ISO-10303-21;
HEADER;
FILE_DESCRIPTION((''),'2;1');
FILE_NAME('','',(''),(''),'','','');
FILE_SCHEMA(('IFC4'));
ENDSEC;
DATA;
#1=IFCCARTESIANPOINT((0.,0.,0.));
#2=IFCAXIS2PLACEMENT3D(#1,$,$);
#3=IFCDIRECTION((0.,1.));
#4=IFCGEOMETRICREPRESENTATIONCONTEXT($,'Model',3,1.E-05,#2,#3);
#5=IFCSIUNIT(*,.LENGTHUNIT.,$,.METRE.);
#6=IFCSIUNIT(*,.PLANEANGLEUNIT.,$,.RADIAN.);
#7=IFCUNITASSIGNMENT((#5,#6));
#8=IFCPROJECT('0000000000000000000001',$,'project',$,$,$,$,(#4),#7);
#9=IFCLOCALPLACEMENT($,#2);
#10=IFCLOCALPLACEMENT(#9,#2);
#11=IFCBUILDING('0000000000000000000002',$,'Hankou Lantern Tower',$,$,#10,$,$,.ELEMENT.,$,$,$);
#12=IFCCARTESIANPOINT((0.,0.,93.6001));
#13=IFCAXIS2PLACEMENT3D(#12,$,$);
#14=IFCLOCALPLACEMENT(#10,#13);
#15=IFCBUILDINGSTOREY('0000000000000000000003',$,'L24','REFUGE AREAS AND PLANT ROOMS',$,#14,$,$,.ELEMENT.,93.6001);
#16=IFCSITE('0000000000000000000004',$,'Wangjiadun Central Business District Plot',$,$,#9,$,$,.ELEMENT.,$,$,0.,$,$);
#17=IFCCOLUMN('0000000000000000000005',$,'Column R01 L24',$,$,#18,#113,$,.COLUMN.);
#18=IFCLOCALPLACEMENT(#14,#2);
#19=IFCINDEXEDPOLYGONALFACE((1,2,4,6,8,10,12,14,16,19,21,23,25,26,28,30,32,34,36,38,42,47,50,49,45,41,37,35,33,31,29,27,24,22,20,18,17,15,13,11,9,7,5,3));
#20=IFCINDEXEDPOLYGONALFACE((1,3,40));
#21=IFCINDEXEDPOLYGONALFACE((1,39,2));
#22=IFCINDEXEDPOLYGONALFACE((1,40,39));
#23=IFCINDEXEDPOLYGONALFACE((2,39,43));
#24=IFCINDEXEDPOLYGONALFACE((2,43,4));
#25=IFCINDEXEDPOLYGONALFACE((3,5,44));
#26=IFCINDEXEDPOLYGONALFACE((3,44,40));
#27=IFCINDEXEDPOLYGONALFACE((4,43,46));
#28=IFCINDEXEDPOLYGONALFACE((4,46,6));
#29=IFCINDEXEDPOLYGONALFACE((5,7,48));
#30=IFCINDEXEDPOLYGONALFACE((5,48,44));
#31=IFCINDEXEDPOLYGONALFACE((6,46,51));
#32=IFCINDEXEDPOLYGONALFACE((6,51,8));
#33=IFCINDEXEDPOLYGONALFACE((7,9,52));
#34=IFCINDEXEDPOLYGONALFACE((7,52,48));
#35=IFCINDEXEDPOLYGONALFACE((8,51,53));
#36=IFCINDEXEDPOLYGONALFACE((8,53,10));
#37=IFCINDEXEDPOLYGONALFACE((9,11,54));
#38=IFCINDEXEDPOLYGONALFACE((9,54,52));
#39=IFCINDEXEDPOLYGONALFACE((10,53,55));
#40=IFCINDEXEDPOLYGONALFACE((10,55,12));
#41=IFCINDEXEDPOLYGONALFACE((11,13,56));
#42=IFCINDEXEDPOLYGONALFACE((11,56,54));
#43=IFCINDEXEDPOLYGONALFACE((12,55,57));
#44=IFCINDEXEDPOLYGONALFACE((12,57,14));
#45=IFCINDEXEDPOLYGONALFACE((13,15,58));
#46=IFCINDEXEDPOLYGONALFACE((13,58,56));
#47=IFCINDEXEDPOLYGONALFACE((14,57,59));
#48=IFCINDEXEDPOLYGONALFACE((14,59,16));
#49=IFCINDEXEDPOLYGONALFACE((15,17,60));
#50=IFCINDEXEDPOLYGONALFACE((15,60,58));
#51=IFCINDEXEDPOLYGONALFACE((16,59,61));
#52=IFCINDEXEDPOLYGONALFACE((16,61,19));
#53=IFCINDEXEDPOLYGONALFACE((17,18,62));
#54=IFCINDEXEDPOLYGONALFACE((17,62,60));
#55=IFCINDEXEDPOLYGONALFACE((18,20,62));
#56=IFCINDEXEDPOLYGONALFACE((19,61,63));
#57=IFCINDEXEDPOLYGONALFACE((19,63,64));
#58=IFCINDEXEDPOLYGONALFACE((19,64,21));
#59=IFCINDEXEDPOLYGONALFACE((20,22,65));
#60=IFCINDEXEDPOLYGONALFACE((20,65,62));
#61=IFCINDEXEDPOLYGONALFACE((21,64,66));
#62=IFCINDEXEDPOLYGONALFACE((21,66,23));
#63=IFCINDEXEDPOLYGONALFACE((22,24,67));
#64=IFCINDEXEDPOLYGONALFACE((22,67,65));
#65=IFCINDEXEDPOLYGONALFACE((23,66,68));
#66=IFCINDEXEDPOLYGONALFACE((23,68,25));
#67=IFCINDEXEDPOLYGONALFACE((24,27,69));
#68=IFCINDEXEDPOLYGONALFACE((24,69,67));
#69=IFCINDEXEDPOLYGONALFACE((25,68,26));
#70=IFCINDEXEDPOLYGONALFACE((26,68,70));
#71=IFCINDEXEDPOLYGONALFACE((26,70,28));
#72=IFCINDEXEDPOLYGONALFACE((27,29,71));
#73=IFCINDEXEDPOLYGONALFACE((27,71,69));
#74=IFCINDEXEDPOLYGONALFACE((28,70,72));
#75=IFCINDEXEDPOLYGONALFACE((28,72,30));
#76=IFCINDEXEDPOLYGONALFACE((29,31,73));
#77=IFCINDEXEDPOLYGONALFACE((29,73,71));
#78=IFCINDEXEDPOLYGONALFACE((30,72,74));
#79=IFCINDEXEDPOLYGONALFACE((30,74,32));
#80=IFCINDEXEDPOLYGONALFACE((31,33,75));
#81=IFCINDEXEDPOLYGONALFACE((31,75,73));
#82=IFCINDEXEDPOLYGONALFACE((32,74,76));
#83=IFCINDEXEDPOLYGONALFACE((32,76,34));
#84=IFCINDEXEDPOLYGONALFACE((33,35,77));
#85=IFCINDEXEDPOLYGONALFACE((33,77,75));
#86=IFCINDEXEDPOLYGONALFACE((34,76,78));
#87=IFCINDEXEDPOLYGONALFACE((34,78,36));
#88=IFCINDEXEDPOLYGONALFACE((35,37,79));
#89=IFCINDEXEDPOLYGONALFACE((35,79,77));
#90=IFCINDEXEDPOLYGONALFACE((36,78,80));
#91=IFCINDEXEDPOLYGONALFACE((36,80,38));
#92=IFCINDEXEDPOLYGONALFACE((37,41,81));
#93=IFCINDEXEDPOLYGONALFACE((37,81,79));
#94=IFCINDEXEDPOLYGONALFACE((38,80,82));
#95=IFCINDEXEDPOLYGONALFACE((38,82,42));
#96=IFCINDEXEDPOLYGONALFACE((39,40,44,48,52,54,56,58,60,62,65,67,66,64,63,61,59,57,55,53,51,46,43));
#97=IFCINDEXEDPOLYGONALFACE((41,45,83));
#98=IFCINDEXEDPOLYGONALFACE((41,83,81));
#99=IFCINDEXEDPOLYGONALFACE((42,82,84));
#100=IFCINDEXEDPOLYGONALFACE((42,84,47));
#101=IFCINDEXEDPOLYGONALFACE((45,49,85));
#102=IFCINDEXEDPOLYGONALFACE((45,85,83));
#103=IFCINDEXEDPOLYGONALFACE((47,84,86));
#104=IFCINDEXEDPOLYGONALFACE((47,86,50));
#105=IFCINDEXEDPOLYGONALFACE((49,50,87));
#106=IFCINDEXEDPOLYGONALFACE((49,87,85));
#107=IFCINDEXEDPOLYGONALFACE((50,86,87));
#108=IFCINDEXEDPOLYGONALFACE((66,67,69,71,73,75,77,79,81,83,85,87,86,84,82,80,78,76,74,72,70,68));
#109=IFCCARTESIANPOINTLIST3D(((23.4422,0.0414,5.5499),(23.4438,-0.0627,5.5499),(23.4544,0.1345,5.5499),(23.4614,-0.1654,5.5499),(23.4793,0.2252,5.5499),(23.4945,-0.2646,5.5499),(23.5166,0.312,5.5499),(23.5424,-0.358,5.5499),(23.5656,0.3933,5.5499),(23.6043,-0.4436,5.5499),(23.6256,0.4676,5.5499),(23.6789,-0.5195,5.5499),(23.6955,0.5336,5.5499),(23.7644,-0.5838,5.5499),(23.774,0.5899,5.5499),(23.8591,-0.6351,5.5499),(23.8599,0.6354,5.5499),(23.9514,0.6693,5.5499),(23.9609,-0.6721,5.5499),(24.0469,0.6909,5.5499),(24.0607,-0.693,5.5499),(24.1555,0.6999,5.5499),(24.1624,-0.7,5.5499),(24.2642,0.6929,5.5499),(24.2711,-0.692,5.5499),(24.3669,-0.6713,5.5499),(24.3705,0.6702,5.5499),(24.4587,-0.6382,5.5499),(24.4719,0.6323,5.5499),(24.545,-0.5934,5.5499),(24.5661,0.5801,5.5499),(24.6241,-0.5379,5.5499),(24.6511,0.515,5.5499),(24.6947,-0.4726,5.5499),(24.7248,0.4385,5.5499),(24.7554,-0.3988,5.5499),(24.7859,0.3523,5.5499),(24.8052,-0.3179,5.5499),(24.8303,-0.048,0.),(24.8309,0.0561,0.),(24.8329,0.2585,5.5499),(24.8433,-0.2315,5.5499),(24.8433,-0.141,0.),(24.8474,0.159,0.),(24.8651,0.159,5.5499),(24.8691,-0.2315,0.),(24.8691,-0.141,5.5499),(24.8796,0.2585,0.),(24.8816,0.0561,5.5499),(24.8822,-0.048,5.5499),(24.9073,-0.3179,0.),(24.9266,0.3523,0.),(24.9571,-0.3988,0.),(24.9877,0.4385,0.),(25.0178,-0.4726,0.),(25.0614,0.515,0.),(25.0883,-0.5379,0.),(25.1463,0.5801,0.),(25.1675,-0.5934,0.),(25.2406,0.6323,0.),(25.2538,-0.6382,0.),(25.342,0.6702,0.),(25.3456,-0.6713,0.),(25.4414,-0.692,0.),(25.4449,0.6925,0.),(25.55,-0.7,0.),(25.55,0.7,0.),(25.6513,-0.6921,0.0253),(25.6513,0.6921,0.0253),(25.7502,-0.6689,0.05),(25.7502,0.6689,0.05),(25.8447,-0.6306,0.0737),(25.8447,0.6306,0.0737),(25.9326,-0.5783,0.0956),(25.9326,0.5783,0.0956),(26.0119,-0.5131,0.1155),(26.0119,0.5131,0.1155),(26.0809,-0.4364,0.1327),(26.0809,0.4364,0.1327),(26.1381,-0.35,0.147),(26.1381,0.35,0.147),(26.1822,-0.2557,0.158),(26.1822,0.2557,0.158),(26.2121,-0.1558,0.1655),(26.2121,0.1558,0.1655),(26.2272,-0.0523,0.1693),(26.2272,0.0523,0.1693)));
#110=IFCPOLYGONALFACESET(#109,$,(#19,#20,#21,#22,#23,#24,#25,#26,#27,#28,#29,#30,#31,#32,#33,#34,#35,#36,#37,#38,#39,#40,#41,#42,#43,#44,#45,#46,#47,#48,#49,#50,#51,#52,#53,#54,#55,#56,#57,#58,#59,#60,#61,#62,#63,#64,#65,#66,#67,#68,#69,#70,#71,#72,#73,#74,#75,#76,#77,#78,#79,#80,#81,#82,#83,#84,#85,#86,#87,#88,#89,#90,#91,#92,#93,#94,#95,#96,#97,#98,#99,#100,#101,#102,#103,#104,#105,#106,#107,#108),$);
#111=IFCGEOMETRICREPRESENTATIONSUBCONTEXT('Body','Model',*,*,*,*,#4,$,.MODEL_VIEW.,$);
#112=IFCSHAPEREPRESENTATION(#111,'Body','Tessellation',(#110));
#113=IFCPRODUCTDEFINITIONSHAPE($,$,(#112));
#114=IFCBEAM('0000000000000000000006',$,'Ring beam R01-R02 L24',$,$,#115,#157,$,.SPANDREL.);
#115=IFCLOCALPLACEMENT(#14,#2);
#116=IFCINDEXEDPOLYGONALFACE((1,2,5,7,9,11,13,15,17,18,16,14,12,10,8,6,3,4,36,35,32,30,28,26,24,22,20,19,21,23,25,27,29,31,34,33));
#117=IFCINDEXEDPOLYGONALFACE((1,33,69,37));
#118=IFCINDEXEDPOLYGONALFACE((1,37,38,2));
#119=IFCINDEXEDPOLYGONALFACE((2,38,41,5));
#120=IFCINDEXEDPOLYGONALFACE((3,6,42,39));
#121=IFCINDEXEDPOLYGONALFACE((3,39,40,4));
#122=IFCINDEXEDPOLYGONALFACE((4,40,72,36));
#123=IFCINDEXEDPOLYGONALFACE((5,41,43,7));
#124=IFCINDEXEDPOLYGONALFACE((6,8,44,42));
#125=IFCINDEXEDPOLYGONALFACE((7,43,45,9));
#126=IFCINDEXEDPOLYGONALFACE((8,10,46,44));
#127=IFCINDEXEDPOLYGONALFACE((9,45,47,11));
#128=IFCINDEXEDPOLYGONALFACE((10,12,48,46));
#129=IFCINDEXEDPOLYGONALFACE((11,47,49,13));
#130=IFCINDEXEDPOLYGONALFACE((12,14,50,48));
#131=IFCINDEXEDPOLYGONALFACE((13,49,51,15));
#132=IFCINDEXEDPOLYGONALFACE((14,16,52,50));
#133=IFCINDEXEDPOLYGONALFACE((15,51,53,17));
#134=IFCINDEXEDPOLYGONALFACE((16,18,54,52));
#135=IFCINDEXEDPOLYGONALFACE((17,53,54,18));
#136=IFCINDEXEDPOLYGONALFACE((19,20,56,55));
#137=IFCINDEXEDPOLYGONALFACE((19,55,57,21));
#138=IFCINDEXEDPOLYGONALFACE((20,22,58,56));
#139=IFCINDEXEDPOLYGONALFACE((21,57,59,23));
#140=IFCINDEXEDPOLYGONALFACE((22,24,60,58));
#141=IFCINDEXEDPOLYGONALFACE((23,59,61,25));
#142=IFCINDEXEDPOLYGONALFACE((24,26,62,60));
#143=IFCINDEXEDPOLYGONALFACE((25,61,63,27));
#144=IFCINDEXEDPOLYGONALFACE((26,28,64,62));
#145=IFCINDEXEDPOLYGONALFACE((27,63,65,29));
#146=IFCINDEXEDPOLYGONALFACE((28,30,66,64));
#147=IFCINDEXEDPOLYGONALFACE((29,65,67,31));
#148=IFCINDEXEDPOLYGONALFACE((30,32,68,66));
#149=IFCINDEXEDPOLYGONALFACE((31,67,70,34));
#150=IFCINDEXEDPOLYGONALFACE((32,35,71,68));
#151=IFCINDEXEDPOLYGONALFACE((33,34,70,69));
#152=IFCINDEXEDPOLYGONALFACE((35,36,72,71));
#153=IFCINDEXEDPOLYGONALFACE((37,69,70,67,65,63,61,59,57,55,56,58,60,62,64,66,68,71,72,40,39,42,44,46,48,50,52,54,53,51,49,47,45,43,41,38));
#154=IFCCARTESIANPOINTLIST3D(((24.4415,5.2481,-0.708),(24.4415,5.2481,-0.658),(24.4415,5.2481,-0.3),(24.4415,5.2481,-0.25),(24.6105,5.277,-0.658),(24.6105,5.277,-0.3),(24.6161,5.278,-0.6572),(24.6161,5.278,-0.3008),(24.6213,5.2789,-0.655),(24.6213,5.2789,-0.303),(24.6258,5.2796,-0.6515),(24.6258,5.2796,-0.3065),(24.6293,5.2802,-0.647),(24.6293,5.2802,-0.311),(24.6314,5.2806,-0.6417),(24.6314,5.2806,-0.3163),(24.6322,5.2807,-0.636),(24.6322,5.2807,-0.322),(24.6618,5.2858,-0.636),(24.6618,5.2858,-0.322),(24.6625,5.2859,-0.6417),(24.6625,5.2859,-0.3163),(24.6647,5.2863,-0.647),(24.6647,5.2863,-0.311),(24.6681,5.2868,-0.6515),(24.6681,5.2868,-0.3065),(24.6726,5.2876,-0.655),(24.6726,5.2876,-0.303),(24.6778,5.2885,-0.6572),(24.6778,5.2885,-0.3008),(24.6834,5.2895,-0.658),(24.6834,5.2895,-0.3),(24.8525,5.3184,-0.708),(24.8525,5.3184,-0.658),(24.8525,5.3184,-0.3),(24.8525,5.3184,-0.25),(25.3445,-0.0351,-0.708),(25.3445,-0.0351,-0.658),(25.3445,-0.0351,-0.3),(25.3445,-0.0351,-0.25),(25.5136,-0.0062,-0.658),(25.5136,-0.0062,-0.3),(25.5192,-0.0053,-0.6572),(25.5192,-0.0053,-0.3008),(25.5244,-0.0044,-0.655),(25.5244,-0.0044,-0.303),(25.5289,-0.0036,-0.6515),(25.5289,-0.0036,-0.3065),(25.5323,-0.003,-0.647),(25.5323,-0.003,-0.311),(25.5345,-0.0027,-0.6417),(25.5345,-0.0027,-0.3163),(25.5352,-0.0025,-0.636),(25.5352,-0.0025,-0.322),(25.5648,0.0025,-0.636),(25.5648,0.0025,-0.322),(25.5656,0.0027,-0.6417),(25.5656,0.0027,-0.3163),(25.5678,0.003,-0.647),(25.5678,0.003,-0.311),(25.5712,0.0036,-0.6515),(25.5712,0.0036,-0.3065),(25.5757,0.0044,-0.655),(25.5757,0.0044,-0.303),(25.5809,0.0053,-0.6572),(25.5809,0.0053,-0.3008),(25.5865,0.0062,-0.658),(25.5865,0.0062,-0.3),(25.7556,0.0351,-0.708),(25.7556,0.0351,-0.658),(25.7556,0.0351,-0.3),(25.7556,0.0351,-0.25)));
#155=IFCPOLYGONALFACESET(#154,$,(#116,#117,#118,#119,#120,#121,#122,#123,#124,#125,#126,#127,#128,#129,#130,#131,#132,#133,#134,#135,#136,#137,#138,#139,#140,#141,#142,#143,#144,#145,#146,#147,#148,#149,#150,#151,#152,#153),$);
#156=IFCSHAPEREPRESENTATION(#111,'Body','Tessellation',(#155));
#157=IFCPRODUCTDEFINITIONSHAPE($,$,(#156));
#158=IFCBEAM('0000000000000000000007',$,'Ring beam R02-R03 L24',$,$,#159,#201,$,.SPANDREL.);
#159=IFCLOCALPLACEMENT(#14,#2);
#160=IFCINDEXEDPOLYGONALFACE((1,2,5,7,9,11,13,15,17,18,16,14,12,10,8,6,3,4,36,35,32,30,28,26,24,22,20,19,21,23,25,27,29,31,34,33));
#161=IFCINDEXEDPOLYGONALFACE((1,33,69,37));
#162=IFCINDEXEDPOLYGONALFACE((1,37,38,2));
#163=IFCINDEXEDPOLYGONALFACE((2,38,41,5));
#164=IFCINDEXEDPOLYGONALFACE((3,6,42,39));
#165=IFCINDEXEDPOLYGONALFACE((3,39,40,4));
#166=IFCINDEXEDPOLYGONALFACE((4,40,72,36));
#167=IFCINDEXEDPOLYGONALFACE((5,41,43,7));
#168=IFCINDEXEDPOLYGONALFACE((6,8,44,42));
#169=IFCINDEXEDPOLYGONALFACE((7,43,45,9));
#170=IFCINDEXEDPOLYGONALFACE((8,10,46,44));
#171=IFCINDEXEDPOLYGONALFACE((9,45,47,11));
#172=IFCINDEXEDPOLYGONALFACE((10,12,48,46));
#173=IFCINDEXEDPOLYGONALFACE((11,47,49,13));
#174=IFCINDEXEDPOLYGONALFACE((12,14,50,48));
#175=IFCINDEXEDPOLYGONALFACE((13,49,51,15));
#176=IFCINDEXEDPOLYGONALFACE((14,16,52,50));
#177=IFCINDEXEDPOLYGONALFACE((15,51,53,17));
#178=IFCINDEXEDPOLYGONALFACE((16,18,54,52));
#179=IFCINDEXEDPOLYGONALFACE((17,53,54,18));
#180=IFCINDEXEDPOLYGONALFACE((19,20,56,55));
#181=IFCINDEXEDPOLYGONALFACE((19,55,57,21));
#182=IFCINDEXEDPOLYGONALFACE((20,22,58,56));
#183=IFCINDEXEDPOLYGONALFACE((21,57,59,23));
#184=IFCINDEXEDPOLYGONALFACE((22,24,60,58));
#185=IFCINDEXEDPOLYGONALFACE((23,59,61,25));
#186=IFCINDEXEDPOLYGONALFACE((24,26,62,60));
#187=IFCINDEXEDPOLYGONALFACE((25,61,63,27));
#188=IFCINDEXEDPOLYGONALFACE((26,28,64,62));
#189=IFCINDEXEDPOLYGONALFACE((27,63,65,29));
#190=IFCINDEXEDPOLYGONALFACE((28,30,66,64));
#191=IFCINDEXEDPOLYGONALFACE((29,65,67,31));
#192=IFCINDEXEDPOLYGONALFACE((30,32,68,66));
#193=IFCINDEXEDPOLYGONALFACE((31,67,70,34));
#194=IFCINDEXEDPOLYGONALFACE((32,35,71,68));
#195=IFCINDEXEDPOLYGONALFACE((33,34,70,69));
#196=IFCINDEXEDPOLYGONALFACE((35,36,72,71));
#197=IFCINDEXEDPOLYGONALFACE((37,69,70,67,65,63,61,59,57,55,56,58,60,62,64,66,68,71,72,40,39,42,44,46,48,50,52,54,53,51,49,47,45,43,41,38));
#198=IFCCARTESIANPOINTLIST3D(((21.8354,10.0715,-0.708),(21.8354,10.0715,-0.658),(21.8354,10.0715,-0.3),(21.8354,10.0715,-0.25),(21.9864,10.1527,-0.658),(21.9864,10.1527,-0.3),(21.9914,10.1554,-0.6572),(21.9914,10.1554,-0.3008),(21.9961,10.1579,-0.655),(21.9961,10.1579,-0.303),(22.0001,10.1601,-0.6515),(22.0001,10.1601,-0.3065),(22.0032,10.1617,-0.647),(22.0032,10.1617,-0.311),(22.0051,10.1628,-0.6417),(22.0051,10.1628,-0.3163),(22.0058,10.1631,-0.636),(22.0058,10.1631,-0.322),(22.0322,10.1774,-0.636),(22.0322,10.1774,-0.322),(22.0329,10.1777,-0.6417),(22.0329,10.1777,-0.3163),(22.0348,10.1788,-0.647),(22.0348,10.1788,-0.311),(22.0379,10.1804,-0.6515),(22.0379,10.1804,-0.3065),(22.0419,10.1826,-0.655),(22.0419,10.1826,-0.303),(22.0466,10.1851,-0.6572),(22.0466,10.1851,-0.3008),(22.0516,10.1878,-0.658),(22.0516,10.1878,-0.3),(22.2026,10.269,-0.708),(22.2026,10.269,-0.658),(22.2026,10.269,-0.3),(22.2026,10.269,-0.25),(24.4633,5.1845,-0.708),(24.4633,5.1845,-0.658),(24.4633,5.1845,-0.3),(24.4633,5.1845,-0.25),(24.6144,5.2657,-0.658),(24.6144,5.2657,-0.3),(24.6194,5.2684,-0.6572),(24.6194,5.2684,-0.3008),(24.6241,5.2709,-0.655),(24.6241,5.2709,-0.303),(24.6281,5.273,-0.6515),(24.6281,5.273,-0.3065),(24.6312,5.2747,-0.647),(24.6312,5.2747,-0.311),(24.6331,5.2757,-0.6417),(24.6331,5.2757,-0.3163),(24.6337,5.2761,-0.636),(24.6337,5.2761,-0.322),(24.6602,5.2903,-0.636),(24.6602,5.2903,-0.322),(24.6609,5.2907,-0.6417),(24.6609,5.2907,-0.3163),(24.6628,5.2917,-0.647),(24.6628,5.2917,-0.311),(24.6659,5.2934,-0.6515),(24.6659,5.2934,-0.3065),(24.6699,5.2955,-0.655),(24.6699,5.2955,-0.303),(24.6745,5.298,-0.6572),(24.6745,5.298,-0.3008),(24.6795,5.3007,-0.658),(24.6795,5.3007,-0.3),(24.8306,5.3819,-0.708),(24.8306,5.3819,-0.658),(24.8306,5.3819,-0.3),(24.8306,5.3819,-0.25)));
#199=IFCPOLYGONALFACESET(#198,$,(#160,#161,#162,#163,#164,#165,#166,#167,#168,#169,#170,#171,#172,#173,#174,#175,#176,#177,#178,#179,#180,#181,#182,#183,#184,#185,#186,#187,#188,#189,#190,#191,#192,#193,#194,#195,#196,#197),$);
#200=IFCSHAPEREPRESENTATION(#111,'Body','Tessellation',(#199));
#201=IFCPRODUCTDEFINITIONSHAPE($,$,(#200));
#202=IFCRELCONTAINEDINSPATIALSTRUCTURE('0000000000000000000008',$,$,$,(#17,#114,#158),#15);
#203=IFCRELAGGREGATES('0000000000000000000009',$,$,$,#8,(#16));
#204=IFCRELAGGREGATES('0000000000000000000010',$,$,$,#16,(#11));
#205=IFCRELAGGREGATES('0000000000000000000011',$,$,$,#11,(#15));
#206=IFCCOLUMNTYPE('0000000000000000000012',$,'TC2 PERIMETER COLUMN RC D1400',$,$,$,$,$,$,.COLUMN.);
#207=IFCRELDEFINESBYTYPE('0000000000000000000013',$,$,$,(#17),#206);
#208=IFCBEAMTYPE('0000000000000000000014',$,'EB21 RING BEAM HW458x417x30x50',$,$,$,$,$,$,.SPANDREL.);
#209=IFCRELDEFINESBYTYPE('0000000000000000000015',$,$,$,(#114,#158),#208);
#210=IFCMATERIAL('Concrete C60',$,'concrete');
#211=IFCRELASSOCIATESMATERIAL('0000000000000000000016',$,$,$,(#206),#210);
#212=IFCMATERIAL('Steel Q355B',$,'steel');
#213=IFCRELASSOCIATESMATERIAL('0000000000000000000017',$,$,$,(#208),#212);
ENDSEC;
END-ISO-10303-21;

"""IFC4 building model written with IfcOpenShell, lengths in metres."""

from ifc_helpers import new_model, si_unit, direction, frame, origin, origin_2d, place, context, subcontext, project, spatial, circle, i_section, extrude, clip, halfspace, material, material_profile, profile_set, type_object, element, save


model = new_model("IFC4")

# Units and contexts
model_context = context("Model", 3, precision=1e-05, world=origin(), true_north=direction((0.0, 1.0)))
body_context = subcontext(model_context, "Body", "Model", "MODEL_VIEW")
ifc_project = project(units=[si_unit("LENGTHUNIT", "METRE"), si_unit("PLANEANGLEUNIT", "RADIAN")], contexts=[model_context])

# Site, building, storey
site_placement = place(None, origin())
site = spatial("IfcSite", under=ifc_project, at=site_placement, Name="Wangjiadun Central Business District Plot", CompositionType="ELEMENT", RefElevation=0.0)
building_placement = place(site_placement, origin())
building = spatial("IfcBuilding", under=site, at=building_placement, Name="Hankou Lantern Tower", CompositionType="ELEMENT")
storey_placement = place(building_placement, frame((0.0, 0.0, 93.6001)))
storey = spatial("IfcBuildingStorey", under=building, at=storey_placement, Name="L24", Description="REFUGE AREAS AND PLANT ROOMS", CompositionType="ELEMENT", Elevation=93.6001)

# Column
ifc_material_1 = material(Name="Concrete C60", Category="concrete")
ifc_material_profile_1 = material_profile(ifc_material_1, circle(Radius=0.7, at=origin_2d()), Name="RC D1400")
ifc_profile_set_1 = profile_set([ifc_material_profile_1], Name="Concrete C60")
column_type = type_object("IfcColumnType", Name="TC2 PERIMETER COLUMN RC D1400", PredefinedType="COLUMN", material=ifc_profile_set_1)
column_1_placement = place(storey_placement, frame((25.55, 0.0, 0.0), z_axis=(-0.242561, 0.0, 0.970136), x_axis=(0.0, -1.0, 0.0)))
element("IfcColumn", 1, at=column_1_placement, inside=storey, type_object=column_type, Name="Column R01 L24", PredefinedType="COLUMN", context=body_context, shape_type="Clipping", body=[
    clip(clip(extrude(circle(Radius=0.7, at=origin_2d()), origin(), (0.0, 0.0, 1.0), 6.803), halfspace(frame((0.0, 0.0, 0.0), z_axis=(0.0, -0.242561, -0.970136), x_axis=(0.0, 0.970136, -0.242561)), False)), halfspace(frame((0.0, 0.0, 5.7207), z_axis=(0.0, 0.242561, 0.970136), x_axis=(0.0, 0.970136, -0.242561)), False)),
])

# Beams
ifc_material_2 = material(Name="Steel Q355B", Category="steel")
ifc_material_profile_2 = material_profile(ifc_material_2, i_section(OverallWidth=0.417, OverallDepth=0.458, WebThickness=0.03, FlangeThickness=0.05, FilletRadius=0.022, at=origin_2d()), Name="HW458x417x30x50")
ifc_profile_set_2 = profile_set([ifc_material_profile_2], Name="Steel Q355B")
beam_type_1 = type_object("IfcBeamType", Name="EB21 RING BEAM HW458x417x30x50", PredefinedType="SPANDREL", material=ifc_profile_set_2)
beam_1_placement = place(storey_placement, frame((25.55, 0.0, -0.479), z_axis=(-0.16849, 0.985703, 0.0), x_axis=(-0.985703, -0.16849, 0.0)))
element("IfcBeam", 2, at=beam_1_placement, inside=storey, type_object=beam_type_1, Name="Ring beam R01-R02 L24", PredefinedType="SPANDREL", context=body_context, shape_type="SweptSolid", body=[
    extrude(i_section(OverallWidth=0.417, OverallDepth=0.458, WebThickness=0.03, FlangeThickness=0.05, FilletRadius=0.022, at=origin_2d()), origin(), (0.0, 0.0, 1.0), 5.3599),
])
beam_2_placement = place(storey_placement, frame((24.647, 5.2832, -0.479), z_axis=(-0.473609, 0.880735, 0.0), x_axis=(-0.880735, -0.473609, 0.0)))
element("IfcBeam", 3, at=beam_2_placement, inside=storey, type_object=beam_type_1, Name="Ring beam R02-R03 L24", PredefinedType="SPANDREL", context=body_context, shape_type="SweptSolid", body=[
    extrude(i_section(OverallWidth=0.417, OverallDepth=0.458, WebThickness=0.03, FlangeThickness=0.05, FilletRadius=0.022, at=origin_2d()), origin(), (0.0, 0.0, 1.0), 5.5488),
])

save(model, "model.ifc")
